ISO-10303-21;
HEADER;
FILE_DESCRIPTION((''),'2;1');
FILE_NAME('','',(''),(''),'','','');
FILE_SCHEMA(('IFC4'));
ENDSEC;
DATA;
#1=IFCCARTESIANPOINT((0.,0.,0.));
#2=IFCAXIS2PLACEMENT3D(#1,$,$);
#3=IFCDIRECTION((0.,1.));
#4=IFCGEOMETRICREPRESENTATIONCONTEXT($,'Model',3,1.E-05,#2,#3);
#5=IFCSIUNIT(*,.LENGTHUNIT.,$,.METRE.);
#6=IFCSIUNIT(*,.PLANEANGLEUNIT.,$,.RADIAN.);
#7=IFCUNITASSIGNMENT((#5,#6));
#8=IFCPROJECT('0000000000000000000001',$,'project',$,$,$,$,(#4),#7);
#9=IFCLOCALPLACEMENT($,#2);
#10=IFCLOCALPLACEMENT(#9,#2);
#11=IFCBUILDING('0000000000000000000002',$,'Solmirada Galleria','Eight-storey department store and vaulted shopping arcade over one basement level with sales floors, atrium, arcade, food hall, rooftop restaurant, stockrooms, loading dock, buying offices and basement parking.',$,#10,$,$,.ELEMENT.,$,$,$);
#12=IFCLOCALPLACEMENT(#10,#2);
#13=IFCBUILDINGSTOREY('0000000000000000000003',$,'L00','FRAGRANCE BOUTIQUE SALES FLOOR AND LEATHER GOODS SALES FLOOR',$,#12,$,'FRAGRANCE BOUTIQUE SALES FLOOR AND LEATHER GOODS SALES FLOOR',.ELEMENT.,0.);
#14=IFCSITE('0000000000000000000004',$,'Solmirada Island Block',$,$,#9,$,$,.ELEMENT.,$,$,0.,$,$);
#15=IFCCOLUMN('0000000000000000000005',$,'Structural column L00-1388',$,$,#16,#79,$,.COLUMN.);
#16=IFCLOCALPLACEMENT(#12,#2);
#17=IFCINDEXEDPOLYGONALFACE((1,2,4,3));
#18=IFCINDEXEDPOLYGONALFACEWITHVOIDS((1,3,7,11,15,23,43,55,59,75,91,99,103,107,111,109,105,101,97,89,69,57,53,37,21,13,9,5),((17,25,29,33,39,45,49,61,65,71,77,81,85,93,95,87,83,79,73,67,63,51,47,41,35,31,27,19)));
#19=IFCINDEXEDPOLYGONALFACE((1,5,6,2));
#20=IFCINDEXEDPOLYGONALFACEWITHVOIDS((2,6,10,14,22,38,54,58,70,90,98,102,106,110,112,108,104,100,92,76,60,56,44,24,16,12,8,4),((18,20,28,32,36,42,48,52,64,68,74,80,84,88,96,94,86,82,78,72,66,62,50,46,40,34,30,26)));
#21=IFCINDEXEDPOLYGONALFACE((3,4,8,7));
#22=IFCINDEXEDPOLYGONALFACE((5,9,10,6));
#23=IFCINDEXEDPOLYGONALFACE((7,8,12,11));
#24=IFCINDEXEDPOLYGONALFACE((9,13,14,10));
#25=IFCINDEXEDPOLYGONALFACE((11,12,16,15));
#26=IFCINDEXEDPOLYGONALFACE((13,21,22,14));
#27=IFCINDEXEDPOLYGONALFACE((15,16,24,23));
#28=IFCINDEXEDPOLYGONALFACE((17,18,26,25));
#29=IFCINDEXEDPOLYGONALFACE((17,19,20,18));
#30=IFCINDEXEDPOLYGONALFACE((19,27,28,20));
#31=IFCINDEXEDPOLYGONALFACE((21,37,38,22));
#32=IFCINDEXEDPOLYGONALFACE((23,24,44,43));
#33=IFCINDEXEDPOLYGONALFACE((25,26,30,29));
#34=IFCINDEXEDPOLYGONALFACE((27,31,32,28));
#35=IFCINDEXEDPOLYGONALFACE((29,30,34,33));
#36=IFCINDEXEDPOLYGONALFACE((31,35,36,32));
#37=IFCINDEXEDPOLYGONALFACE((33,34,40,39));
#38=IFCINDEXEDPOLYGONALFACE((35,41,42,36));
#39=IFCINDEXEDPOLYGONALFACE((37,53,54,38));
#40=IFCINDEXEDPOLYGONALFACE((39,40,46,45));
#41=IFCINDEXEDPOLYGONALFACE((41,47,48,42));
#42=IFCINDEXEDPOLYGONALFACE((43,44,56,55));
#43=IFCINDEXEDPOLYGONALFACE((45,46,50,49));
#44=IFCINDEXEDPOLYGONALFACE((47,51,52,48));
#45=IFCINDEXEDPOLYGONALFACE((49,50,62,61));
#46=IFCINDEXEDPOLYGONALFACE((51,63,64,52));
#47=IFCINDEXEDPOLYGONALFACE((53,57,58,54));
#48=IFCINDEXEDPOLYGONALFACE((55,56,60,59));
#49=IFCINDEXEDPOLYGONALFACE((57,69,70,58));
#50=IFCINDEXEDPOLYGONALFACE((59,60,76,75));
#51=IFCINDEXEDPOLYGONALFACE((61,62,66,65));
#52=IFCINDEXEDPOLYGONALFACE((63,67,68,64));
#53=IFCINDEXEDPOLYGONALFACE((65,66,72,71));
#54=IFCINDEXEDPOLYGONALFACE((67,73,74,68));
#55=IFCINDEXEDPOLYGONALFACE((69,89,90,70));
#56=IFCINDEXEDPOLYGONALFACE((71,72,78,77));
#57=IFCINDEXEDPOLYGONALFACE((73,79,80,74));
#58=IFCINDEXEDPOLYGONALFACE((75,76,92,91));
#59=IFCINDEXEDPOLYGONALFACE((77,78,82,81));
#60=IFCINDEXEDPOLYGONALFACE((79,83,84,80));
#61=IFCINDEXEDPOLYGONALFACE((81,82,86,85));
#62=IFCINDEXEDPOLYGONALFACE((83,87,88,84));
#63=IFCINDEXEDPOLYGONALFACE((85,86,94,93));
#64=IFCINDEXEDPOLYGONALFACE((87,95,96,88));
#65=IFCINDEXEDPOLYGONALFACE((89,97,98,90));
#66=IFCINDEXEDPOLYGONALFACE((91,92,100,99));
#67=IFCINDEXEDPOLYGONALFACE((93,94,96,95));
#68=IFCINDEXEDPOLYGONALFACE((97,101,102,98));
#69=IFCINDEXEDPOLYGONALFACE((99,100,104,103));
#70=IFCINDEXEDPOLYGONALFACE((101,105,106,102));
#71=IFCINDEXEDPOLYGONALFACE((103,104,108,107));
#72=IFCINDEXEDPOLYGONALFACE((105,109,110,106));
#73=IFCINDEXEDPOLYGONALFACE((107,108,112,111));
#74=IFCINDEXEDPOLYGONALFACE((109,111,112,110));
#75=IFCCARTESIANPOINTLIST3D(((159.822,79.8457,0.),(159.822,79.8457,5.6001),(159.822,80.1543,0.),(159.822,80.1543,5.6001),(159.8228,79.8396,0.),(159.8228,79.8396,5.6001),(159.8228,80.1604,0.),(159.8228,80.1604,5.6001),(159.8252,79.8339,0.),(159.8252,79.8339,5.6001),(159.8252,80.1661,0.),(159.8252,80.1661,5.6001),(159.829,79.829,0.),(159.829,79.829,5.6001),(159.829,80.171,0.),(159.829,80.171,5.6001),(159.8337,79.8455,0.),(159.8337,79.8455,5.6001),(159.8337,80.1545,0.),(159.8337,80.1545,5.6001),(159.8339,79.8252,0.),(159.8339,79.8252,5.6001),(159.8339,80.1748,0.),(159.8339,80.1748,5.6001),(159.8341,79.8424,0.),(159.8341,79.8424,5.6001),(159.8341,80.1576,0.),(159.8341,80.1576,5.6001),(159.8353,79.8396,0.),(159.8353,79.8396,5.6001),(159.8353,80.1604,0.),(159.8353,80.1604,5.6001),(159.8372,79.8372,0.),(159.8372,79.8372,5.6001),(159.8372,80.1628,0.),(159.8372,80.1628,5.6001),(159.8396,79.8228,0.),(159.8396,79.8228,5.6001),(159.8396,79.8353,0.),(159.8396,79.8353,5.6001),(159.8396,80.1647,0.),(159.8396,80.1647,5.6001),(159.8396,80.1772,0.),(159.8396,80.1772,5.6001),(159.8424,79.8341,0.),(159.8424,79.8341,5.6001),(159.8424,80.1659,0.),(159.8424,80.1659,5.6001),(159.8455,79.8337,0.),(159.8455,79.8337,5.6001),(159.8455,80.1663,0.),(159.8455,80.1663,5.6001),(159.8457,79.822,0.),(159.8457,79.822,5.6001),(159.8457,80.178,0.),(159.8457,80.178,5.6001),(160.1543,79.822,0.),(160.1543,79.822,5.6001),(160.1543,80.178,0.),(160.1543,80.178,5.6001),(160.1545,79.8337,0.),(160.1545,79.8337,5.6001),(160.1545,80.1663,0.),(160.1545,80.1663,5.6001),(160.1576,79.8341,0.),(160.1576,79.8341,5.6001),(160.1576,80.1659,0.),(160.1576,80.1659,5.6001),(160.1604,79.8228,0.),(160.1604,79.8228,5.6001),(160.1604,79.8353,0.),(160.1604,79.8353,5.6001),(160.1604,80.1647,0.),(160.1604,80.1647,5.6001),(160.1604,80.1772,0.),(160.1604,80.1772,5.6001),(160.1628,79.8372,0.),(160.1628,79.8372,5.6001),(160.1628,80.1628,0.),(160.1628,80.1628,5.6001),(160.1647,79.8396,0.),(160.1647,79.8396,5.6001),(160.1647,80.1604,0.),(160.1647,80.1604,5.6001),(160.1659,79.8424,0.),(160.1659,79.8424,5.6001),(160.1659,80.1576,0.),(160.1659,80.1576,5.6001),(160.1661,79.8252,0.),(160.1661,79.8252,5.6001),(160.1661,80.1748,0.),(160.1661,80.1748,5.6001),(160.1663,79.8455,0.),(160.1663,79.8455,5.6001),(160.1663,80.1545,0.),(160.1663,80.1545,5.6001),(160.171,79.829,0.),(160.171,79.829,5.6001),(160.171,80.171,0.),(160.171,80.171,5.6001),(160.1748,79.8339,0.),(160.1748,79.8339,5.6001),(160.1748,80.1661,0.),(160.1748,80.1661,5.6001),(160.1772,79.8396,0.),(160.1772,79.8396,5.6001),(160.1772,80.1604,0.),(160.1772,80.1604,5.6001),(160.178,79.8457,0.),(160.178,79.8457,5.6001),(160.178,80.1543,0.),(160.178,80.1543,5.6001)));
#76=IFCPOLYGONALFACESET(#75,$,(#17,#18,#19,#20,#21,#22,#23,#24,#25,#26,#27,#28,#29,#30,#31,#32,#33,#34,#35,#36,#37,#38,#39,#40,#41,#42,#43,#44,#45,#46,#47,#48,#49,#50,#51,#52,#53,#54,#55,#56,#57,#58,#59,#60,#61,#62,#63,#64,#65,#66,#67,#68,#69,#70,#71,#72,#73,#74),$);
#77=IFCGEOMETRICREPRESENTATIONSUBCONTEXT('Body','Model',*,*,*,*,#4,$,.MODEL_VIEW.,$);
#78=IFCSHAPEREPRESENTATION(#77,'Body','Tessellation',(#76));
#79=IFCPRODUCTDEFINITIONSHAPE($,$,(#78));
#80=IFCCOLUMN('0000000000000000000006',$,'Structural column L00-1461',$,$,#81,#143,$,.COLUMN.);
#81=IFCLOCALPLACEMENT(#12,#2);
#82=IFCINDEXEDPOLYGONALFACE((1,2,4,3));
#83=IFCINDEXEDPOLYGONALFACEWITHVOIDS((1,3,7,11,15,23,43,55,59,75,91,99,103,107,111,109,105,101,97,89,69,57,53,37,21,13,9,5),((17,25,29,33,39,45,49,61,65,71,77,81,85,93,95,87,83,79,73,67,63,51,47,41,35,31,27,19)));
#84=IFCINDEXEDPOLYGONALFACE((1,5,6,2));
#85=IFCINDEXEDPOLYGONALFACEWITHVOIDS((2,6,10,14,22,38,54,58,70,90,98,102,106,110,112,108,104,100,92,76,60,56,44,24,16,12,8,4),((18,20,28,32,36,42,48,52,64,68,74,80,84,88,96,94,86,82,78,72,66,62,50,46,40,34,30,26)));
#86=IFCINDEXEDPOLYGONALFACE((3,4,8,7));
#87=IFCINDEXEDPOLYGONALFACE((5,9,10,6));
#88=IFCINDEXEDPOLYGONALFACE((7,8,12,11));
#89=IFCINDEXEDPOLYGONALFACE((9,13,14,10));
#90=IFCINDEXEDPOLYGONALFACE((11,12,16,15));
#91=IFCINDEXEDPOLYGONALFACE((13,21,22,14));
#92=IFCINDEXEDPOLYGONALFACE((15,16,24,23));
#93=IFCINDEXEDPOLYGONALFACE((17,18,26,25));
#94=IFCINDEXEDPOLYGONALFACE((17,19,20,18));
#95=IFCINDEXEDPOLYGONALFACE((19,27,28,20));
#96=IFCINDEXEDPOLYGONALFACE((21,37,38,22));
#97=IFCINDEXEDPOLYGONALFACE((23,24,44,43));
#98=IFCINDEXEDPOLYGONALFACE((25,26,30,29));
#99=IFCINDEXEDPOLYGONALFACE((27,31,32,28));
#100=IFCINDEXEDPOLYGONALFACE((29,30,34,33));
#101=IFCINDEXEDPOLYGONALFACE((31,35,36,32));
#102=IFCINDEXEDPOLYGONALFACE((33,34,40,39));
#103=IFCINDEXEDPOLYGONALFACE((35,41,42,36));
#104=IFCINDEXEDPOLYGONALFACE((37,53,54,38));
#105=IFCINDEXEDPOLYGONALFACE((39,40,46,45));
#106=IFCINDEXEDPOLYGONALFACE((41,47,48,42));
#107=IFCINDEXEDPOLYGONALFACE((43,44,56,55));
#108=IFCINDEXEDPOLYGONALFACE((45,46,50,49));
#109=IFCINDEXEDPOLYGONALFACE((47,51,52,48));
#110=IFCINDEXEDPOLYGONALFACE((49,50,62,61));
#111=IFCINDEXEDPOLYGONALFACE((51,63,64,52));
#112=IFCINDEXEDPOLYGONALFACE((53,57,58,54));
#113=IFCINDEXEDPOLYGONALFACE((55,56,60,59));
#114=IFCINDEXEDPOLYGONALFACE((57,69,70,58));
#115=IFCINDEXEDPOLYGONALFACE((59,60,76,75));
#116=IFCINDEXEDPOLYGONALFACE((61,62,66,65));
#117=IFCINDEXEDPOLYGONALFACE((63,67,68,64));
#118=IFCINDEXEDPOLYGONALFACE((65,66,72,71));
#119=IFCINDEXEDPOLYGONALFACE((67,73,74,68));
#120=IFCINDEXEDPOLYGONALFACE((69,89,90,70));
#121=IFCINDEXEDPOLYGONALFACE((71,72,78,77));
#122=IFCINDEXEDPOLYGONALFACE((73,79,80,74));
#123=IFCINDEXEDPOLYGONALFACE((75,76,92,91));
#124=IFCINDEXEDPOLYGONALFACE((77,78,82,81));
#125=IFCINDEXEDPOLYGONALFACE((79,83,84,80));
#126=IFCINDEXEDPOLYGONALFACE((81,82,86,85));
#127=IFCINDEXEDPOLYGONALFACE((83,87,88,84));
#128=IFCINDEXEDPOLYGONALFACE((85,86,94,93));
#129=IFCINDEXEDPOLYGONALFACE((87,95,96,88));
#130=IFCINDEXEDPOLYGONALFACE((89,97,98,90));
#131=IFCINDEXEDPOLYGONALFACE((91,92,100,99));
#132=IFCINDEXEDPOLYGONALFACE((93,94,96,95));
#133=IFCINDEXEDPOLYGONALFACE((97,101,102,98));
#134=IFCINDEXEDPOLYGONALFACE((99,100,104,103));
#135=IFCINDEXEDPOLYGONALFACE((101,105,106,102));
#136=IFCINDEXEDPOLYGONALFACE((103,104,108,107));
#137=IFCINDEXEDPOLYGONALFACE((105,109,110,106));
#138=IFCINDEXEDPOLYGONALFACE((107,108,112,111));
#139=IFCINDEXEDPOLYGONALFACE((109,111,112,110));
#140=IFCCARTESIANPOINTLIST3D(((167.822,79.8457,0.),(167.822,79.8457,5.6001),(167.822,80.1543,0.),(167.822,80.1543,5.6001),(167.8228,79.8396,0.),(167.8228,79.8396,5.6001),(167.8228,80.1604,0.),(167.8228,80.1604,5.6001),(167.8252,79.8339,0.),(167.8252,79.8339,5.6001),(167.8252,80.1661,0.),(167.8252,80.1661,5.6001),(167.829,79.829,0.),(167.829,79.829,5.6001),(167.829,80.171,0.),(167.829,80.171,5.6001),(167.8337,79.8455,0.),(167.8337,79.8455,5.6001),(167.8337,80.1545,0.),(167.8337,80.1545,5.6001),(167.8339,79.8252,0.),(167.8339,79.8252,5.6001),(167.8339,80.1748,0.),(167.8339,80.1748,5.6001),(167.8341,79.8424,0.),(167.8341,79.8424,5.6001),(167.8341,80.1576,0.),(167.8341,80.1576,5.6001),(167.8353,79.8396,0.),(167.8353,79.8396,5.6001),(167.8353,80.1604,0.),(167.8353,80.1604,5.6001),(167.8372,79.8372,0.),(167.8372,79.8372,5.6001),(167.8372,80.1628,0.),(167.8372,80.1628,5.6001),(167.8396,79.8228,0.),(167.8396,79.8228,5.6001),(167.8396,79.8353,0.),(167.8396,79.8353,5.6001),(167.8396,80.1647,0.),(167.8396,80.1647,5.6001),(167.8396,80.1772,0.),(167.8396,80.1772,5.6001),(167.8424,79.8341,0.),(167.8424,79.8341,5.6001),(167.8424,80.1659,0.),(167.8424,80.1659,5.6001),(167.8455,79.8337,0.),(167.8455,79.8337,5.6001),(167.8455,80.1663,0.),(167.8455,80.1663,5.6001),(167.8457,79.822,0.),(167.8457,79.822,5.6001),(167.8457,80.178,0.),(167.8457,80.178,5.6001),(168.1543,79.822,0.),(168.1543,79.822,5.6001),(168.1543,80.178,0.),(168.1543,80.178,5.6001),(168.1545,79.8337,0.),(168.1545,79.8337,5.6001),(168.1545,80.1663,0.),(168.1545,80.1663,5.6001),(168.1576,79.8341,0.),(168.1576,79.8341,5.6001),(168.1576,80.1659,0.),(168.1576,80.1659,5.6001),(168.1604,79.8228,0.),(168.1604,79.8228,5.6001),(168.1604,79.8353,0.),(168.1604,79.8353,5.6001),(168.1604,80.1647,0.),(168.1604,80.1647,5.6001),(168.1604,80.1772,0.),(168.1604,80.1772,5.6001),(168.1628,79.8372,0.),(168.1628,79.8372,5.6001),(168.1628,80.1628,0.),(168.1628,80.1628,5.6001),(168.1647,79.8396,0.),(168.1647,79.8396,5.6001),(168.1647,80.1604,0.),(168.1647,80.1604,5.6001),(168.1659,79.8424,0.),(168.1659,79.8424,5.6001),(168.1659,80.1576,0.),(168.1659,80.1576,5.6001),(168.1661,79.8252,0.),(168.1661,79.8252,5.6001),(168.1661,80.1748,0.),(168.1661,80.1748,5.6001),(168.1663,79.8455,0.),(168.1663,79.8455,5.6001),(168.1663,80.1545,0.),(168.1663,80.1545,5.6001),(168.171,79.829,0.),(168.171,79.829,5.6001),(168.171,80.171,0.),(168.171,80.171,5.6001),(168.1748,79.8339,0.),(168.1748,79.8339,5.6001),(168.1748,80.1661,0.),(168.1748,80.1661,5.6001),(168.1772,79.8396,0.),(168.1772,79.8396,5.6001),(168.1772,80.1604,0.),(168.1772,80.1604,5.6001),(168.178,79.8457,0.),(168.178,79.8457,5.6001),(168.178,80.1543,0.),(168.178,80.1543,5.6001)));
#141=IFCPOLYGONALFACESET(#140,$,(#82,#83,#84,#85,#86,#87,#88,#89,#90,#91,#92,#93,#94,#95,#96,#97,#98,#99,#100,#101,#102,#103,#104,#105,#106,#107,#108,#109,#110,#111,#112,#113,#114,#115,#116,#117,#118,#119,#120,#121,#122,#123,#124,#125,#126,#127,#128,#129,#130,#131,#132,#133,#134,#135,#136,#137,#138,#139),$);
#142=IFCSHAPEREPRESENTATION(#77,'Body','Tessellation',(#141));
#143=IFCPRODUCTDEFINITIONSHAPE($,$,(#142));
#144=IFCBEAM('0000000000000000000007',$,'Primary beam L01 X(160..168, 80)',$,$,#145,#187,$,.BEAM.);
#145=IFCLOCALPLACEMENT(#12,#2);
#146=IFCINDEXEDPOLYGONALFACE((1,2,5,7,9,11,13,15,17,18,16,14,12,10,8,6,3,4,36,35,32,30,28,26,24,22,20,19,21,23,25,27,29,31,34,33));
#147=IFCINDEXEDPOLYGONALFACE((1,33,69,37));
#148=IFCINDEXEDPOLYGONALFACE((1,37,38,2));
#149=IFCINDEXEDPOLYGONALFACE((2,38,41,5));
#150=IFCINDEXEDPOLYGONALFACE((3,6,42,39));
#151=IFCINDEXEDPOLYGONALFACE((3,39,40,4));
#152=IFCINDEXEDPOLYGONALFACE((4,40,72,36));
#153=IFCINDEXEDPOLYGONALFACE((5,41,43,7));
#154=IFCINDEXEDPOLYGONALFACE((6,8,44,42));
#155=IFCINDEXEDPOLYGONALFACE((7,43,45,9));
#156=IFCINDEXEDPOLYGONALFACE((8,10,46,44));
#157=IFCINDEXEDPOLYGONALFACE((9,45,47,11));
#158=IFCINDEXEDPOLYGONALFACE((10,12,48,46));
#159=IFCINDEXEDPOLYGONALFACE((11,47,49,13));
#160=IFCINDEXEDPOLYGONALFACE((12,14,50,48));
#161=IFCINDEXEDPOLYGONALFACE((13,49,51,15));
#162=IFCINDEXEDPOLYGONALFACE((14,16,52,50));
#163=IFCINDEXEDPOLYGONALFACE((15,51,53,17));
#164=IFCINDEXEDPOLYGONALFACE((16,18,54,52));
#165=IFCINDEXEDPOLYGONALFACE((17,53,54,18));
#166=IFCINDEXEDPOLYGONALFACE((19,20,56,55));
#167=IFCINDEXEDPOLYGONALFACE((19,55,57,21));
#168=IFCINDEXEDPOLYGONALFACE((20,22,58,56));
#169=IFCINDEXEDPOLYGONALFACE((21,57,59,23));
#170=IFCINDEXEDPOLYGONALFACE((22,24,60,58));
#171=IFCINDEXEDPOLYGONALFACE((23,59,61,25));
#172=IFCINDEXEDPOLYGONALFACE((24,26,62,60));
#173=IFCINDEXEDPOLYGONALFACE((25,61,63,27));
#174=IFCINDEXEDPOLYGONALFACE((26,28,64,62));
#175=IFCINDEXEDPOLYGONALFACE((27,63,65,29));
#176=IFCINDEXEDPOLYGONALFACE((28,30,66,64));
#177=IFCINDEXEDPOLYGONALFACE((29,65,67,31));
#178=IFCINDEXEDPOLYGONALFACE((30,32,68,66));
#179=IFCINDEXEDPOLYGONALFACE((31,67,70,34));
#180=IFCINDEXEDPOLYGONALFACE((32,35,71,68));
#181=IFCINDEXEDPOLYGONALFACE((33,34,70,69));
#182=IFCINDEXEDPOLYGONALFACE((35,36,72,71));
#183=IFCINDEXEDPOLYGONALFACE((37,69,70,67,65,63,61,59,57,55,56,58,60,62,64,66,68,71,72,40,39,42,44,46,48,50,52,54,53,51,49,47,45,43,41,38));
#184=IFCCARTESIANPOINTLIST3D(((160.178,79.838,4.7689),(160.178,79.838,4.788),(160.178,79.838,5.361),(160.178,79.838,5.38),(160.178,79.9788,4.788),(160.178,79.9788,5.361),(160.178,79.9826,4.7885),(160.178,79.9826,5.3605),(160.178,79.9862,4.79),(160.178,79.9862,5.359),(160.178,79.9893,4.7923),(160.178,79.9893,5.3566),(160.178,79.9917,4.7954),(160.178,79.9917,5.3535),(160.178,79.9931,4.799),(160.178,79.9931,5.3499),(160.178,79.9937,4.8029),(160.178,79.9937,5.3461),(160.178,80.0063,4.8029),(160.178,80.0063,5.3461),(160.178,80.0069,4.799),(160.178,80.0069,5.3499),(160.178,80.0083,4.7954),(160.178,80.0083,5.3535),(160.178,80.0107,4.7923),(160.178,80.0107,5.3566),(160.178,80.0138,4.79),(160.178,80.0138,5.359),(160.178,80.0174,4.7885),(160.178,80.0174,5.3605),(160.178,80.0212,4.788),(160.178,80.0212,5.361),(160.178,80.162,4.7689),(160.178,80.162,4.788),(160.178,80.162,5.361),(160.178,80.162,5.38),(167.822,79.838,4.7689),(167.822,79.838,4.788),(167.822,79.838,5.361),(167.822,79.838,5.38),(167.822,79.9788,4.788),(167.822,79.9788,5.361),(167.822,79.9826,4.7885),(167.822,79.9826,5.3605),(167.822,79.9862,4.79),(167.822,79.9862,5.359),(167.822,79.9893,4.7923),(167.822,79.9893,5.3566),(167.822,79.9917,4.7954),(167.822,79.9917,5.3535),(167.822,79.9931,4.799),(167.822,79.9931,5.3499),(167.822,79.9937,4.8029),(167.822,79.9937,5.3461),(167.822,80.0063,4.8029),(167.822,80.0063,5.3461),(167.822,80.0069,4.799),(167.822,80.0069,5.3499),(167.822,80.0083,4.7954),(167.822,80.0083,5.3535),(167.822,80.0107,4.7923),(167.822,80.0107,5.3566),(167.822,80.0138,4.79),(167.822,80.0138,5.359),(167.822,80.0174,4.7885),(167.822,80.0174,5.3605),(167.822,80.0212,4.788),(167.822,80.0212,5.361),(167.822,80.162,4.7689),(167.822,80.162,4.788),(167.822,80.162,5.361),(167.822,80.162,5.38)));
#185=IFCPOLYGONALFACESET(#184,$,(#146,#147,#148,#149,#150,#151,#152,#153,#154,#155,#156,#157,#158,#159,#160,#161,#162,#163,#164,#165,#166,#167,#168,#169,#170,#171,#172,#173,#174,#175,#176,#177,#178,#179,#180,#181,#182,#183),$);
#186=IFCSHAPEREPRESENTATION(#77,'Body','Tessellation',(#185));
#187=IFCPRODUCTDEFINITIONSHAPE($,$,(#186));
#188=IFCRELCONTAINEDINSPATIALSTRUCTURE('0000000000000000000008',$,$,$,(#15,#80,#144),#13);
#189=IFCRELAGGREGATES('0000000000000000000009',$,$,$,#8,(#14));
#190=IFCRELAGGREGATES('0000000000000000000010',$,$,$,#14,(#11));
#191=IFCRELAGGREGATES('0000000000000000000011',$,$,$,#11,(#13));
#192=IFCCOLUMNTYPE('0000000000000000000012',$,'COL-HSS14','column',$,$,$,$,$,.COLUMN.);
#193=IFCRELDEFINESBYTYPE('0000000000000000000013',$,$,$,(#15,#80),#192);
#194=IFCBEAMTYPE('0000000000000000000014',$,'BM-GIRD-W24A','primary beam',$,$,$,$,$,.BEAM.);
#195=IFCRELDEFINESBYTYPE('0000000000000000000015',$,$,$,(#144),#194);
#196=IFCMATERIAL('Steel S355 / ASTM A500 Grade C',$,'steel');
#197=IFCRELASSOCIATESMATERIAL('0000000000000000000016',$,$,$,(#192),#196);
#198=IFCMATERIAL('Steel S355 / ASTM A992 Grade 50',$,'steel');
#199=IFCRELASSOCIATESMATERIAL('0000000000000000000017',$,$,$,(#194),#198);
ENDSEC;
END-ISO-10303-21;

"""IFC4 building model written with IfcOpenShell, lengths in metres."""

from ifc_helpers import new_model, si_unit, direction, frame, origin, origin_2d, place, context, subcontext, project, spatial, hollow_rectangle, i_section, extrude, material, material_profile, profile_set, type_object, element, save


model = new_model("IFC4")

# Units and contexts
model_context = context("Model", 3, precision=1e-05, world=origin(), true_north=direction((0.0, 1.0)))
body_context = subcontext(model_context, "Body", "Model", "MODEL_VIEW")
ifc_project = project(units=[si_unit("LENGTHUNIT", "METRE"), si_unit("PLANEANGLEUNIT", "RADIAN")], contexts=[model_context])

# Site, building, storey
site_placement = place(None, origin())
site = spatial("IfcSite", under=ifc_project, at=site_placement, Name="Solmirada Island Block", CompositionType="ELEMENT", RefElevation=0.0)
building_placement = place(site_placement, origin())
building = spatial("IfcBuilding", under=site, at=building_placement, Name="Solmirada Galleria", Description="Eight-storey department store and vaulted shopping arcade over one basement level with sales floors, atrium, arcade, food hall, rooftop restaurant, stockrooms, loading dock, buying offices and basement parking.", CompositionType="ELEMENT")
storey_placement = place(building_placement, origin())
storey = spatial("IfcBuildingStorey", under=building, at=storey_placement, Name="L00", Description="FRAGRANCE BOUTIQUE SALES FLOOR AND LEATHER GOODS SALES FLOOR", LongName="FRAGRANCE BOUTIQUE SALES FLOOR AND LEATHER GOODS SALES FLOOR", CompositionType="ELEMENT", Elevation=0.0)

# Columns
ifc_material_1 = material(Name="Steel S355 / ASTM A500 Grade C", Category="steel")
ifc_material_profile_1 = material_profile(ifc_material_1, hollow_rectangle(XDim=0.356, YDim=0.356, WallThickness=0.0117, InnerFilletRadius=0.0117, OuterFilletRadius=0.0237, at=origin_2d()), Name="HSS14X14X1/2")
ifc_profile_set_1 = profile_set([ifc_material_profile_1], Name="Steel S355 / ASTM A500 Grade C")
column_type_1 = type_object("IfcColumnType", Name="COL-HSS14", Description="column", PredefinedType="COLUMN", material=ifc_profile_set_1)
for number, where, z_axis, x_axis, name in (
    (1, (160.0, 80.0, 0.0), (0.0, 0.0, 1.0), (1.0, 0.0, 0.0), "Structural column L00-1388"),
    (2, (168.0, 80.0, 0.0), (0.0, 0.0, 1.0), (1.0, 0.0, 0.0), "Structural column L00-1461"),
):
    element("IfcColumn", number, at=place(storey_placement, frame(where, z_axis=z_axis, x_axis=x_axis)), inside=storey, type_object=column_type_1, Name=name, PredefinedType="COLUMN", context=body_context, shape_type="SweptSolid", body=[
        extrude(hollow_rectangle(XDim=0.356, YDim=0.356, WallThickness=0.0117, InnerFilletRadius=0.0117, OuterFilletRadius=0.0237, at=origin_2d()), origin(), (0.0, 0.0, 1.0), 5.6001),
    ])

# Beam
ifc_material_2 = material(Name="Steel S355 / ASTM A992 Grade 50", Category="steel")
ifc_material_profile_2 = material_profile(ifc_material_2, i_section(OverallWidth=0.324, OverallDepth=0.6111, WebThickness=0.0127, FlangeThickness=0.019, FilletRadius=0.0149, at=origin_2d()), Name="W24X104")
ifc_profile_set_2 = profile_set([ifc_material_profile_2], Name="Steel S355 / ASTM A992 Grade 50")
beam_type_1 = type_object("IfcBeamType", Name="BM-GIRD-W24A", Description="primary beam", PredefinedType="BEAM", material=ifc_profile_set_2)
for number, where, z_axis, x_axis, name in (
    (3, (160.178, 80.0, 5.0745), (1.0, 0.0, 0.0), (0.0, 1.0, 0.0), "Primary beam L01 X(160..168, 80)"),
):
    element("IfcBeam", number, at=place(storey_placement, frame(where, z_axis=z_axis, x_axis=x_axis)), inside=storey, type_object=beam_type_1, Name=name, PredefinedType="BEAM", context=body_context, shape_type="SweptSolid", body=[
        extrude(i_section(OverallWidth=0.324, OverallDepth=0.6111, WebThickness=0.0127, FlangeThickness=0.019, FilletRadius=0.0149, at=origin_2d()), origin(), (0.0, 0.0, 1.0), 7.644),
    ])

save(model, "model.ifc")
